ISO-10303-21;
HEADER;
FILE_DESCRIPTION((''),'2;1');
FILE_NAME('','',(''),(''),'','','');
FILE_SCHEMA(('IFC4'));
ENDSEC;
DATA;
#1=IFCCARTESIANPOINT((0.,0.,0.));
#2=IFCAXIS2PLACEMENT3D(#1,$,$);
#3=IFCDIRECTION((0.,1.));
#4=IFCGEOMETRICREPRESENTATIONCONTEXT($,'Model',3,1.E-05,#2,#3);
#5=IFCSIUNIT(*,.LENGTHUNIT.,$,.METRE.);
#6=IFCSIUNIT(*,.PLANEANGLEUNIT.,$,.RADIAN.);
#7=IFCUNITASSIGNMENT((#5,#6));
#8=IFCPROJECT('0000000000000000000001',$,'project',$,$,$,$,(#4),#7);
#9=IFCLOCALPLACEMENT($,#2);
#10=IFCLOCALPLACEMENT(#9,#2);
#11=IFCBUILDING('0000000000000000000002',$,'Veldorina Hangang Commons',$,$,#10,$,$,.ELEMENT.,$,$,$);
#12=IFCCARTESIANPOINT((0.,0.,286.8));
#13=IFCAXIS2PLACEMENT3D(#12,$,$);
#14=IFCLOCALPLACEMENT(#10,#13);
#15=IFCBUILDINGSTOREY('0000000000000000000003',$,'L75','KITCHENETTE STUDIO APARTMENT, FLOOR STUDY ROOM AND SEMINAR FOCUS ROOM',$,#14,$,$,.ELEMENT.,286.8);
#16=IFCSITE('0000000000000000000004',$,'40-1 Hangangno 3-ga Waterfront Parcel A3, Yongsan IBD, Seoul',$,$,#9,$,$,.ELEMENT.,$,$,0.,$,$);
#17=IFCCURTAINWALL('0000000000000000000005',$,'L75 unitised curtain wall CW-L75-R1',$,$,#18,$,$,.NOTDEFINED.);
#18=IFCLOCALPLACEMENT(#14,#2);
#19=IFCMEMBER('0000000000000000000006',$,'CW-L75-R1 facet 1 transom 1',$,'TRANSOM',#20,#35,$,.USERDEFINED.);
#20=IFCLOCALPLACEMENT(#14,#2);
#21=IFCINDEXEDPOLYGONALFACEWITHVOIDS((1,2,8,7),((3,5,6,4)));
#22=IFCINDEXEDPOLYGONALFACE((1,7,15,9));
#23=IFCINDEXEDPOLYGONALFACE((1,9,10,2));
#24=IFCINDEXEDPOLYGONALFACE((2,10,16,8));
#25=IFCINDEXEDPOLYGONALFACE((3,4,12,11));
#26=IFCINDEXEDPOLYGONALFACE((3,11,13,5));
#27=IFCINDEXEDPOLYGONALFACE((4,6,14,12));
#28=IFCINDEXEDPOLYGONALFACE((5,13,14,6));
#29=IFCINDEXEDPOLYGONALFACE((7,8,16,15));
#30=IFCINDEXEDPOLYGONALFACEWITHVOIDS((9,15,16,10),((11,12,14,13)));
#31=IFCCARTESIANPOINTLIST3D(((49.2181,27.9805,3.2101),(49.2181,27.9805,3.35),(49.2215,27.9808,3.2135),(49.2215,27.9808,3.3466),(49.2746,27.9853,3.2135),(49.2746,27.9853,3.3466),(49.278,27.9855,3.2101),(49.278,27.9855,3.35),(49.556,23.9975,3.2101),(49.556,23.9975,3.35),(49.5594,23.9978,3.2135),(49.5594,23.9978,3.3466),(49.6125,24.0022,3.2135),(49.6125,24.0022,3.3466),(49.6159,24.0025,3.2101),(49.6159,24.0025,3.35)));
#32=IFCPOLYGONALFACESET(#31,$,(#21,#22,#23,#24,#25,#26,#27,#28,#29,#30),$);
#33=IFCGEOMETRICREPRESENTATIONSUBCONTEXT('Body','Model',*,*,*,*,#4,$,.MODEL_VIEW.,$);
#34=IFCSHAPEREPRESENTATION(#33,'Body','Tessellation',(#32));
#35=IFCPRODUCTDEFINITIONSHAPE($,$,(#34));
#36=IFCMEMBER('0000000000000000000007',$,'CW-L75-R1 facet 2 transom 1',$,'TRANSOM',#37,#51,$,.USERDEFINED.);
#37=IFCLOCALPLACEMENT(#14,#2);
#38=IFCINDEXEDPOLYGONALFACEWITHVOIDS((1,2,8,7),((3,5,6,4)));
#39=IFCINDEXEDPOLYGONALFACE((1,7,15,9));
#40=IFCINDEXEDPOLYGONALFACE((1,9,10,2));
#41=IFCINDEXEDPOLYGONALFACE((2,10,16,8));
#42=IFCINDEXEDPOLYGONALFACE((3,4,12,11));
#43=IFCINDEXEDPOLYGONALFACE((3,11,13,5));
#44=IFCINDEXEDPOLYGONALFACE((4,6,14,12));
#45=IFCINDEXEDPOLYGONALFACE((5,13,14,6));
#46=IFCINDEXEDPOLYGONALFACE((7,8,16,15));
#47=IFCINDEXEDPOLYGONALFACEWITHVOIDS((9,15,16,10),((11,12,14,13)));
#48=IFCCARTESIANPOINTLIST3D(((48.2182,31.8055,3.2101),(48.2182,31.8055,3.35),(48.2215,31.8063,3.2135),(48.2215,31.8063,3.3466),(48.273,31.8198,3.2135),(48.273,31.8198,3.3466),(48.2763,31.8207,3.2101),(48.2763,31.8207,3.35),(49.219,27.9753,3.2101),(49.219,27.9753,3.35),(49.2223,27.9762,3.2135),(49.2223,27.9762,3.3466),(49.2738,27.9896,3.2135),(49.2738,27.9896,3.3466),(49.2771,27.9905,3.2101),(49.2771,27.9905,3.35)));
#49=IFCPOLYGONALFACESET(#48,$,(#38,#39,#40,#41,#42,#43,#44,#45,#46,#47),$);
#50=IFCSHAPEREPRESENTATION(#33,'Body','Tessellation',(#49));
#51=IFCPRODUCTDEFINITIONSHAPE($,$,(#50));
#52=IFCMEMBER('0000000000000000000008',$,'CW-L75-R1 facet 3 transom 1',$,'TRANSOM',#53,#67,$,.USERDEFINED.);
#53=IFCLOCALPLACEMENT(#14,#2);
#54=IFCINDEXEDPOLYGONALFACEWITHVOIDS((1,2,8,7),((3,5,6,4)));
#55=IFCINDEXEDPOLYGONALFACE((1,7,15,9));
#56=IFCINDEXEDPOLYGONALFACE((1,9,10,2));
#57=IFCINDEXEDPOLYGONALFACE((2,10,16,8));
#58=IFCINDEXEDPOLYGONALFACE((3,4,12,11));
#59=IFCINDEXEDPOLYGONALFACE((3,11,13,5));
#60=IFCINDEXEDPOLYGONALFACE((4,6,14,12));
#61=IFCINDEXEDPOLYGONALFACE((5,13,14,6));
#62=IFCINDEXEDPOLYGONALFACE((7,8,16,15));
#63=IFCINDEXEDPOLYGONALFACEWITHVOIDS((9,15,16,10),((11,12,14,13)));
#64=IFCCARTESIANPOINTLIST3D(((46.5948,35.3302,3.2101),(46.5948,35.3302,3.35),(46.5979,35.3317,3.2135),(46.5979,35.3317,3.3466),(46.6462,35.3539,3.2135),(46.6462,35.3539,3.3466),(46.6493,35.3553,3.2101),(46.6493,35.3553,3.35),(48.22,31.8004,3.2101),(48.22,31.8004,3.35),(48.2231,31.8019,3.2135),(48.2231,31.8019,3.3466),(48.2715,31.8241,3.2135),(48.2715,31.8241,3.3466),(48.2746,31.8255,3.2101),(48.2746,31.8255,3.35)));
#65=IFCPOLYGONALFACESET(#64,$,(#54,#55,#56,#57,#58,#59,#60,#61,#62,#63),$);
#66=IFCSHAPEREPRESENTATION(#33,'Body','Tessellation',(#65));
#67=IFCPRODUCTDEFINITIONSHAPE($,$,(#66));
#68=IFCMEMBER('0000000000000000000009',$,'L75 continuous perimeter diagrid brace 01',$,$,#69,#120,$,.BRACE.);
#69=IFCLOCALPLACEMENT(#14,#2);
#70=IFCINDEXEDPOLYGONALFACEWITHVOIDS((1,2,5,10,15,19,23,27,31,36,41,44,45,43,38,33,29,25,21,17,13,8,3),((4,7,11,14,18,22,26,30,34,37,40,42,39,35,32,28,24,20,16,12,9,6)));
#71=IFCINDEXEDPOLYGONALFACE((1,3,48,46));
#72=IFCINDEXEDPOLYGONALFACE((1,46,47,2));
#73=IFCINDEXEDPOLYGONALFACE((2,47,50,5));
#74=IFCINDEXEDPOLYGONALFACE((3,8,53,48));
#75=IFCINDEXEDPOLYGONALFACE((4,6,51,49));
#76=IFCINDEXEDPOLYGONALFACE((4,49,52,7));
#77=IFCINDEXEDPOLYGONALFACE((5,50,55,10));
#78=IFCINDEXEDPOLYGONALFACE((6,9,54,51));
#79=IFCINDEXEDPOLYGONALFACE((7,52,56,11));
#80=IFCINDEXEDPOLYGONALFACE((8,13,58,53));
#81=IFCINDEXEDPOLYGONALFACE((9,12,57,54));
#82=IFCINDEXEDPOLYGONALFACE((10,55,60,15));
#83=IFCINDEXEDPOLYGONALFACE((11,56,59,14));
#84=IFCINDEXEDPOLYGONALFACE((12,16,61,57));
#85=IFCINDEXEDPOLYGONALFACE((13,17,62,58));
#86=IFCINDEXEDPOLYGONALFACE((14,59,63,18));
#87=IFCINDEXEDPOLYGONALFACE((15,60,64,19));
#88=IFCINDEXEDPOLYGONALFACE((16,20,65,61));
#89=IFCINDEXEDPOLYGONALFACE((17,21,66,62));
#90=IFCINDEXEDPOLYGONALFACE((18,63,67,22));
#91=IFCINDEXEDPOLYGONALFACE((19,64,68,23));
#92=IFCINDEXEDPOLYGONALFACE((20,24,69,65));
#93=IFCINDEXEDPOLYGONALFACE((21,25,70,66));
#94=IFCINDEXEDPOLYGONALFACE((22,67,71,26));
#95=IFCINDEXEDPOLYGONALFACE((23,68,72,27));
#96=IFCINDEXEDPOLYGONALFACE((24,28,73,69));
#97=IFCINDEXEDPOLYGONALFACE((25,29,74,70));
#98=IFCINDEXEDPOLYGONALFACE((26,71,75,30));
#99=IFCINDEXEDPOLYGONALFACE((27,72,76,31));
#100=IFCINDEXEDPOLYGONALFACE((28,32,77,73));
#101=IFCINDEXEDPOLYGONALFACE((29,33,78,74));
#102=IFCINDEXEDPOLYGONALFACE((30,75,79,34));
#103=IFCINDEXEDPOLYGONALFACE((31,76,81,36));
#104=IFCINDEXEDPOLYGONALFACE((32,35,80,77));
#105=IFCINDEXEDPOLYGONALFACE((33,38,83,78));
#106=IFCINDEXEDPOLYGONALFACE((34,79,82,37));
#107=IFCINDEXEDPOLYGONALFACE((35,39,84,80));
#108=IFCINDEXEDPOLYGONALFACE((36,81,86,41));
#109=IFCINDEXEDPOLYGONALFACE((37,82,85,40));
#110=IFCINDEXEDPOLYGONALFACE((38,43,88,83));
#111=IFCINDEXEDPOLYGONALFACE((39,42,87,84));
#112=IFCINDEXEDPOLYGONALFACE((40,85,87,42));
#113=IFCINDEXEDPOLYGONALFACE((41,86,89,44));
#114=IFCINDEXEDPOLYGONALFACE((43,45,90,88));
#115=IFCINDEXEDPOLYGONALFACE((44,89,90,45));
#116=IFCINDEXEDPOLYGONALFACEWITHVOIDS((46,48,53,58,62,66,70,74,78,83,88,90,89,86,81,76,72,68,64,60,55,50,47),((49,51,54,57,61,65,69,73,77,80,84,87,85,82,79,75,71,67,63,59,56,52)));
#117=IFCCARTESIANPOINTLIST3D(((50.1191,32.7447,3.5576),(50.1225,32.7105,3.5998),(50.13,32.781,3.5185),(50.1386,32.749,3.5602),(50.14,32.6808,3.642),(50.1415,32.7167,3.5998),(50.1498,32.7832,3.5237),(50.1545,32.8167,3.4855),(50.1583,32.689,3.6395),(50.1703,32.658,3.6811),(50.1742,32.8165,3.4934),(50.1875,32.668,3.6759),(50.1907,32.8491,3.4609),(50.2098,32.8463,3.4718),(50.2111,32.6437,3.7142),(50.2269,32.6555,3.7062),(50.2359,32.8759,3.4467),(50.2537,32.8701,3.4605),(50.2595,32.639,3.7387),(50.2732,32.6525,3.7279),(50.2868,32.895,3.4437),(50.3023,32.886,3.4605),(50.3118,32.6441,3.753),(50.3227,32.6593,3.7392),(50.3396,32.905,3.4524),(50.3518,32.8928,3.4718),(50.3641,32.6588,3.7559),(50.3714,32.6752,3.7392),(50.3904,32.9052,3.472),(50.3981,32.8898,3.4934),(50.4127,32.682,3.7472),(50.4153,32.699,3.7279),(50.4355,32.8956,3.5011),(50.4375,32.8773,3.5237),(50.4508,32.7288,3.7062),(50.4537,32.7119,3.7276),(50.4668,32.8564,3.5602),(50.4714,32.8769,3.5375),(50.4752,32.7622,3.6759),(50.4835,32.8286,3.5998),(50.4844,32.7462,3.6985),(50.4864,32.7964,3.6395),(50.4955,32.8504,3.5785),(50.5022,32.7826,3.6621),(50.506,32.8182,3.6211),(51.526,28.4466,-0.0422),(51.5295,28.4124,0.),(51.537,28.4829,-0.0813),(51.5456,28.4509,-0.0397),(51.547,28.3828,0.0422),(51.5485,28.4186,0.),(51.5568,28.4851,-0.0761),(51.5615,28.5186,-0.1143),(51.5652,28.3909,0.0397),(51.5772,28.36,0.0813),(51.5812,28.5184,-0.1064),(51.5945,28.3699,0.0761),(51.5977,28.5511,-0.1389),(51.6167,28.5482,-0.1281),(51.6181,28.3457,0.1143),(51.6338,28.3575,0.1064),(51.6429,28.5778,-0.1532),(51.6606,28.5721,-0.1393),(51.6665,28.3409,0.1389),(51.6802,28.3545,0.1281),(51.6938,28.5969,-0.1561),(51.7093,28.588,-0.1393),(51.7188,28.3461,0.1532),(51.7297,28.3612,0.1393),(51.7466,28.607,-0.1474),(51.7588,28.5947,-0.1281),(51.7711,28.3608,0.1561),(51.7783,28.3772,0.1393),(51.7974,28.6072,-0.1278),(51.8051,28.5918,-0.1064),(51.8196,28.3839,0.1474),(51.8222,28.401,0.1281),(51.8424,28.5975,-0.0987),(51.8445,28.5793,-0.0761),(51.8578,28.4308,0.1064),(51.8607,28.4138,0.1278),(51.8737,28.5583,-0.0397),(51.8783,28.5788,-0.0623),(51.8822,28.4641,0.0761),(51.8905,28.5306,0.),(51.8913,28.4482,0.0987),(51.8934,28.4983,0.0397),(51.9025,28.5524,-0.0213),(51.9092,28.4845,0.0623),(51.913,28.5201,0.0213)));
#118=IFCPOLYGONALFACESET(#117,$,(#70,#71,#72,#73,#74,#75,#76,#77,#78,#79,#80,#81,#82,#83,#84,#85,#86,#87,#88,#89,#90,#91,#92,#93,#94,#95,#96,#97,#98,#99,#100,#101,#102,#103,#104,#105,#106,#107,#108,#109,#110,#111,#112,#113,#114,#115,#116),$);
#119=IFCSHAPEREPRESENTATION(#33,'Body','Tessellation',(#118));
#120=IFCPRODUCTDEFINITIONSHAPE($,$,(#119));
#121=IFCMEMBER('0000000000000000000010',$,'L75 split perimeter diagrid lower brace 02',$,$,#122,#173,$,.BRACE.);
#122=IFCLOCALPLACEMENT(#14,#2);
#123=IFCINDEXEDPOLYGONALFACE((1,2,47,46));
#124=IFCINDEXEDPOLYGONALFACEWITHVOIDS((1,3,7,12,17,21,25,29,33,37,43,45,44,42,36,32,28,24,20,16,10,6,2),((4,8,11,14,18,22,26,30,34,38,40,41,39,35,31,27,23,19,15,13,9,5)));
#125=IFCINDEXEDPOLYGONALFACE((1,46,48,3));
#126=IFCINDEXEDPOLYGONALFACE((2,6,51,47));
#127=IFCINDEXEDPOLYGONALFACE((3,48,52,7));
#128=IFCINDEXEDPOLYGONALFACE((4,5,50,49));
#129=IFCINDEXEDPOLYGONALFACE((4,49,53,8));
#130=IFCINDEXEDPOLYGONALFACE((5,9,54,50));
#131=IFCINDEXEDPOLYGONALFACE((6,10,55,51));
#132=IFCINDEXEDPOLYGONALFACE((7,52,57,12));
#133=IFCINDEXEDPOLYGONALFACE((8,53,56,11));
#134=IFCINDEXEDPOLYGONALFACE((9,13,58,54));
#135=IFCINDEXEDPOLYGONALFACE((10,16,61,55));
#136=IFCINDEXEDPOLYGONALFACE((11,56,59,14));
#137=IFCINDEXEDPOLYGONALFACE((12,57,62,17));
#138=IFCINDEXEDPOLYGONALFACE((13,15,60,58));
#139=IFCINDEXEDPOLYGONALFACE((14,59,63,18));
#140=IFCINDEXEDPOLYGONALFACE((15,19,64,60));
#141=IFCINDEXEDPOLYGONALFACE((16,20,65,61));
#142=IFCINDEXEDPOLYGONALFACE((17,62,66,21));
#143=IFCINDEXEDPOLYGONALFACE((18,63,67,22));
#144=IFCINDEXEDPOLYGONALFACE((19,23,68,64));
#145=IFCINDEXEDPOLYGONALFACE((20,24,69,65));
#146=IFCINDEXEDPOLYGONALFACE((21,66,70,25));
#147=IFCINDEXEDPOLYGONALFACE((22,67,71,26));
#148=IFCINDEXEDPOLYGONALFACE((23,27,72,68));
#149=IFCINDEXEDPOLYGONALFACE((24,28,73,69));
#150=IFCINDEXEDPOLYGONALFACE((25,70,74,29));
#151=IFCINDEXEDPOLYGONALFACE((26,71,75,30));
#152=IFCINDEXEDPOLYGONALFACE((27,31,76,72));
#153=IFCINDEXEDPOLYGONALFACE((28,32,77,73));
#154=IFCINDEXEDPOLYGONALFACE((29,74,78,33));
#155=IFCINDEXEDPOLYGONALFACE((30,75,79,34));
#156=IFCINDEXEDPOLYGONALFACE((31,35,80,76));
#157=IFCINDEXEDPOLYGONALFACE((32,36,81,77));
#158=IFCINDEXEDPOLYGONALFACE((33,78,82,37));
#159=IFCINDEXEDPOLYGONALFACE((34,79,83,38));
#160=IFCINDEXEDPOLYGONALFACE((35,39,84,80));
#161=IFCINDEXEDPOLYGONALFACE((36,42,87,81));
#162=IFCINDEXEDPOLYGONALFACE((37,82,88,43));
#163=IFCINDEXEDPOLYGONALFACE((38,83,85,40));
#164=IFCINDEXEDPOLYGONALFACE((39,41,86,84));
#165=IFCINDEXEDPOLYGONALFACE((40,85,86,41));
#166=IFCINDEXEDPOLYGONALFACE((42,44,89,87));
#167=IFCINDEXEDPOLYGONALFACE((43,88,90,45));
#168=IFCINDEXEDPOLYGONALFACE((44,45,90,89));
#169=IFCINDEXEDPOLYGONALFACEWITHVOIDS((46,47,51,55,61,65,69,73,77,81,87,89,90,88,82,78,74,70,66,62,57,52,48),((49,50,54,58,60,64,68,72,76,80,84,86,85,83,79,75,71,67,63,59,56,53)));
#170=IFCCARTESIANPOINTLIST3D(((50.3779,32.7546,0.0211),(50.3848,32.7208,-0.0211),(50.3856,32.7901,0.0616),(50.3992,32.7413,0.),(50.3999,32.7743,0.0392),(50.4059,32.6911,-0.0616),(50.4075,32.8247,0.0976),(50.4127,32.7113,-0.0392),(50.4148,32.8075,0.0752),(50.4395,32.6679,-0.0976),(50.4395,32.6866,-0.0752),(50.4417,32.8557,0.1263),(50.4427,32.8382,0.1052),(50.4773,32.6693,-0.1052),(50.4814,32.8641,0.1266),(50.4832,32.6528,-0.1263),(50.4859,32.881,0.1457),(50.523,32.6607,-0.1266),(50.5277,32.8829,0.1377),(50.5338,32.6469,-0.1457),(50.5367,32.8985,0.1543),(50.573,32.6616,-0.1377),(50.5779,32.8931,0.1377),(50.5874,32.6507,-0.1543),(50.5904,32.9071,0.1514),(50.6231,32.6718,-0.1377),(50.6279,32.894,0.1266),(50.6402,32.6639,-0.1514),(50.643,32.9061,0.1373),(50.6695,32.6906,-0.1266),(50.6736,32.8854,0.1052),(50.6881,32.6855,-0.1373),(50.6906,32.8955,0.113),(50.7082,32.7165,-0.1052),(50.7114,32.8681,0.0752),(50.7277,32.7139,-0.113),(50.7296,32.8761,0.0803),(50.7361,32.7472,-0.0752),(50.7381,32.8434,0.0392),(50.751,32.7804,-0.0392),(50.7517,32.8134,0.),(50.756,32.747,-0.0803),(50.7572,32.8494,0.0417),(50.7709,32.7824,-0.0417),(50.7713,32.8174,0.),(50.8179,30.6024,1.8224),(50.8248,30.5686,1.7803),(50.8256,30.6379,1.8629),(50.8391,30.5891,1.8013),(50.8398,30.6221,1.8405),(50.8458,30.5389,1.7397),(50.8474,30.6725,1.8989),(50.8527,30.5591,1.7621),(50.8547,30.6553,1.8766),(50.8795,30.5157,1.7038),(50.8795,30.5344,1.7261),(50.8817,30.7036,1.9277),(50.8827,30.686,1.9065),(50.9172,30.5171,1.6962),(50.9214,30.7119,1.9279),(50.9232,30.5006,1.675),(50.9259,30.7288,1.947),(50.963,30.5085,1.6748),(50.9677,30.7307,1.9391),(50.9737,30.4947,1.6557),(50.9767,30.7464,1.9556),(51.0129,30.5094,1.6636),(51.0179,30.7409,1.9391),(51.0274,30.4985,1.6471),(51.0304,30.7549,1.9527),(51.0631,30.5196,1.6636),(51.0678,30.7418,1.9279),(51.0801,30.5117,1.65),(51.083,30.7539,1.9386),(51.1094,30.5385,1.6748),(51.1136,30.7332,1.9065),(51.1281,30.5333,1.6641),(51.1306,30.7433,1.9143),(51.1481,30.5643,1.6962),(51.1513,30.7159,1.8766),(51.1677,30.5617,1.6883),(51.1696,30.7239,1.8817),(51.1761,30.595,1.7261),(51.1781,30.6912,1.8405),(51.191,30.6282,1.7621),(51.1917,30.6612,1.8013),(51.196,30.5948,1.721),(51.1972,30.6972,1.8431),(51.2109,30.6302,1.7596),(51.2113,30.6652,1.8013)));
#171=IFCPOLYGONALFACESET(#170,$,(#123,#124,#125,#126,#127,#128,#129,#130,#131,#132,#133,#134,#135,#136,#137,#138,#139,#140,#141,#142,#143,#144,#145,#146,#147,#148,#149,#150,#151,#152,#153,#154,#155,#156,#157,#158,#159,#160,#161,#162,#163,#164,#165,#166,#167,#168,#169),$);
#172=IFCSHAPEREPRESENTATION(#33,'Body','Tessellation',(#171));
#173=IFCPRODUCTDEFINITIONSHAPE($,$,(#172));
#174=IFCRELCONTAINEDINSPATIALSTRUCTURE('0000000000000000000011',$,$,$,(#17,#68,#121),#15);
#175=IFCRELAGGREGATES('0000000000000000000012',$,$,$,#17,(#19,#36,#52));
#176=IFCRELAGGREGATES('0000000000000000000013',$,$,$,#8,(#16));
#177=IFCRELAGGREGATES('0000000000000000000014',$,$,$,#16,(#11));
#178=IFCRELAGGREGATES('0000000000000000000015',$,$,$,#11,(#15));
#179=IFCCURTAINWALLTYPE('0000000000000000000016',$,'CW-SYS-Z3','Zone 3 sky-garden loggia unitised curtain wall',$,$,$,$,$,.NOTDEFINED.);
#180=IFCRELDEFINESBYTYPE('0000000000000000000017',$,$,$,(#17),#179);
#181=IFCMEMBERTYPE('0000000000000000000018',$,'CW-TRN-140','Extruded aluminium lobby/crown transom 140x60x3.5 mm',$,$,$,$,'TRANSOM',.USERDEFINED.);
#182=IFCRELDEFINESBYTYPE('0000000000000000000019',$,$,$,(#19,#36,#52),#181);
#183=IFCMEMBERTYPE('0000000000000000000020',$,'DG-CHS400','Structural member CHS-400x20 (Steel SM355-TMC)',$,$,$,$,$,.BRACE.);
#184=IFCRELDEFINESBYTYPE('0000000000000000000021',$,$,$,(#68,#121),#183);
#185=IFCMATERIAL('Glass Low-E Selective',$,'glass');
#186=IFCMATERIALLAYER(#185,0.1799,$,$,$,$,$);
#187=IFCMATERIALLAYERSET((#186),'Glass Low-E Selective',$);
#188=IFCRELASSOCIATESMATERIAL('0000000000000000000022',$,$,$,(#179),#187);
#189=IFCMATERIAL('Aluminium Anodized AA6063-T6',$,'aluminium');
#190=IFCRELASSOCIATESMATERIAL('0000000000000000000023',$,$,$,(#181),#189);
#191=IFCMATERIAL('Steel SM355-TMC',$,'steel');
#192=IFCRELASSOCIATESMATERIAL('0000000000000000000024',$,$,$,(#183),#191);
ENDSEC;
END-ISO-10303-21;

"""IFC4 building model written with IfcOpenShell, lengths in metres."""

from ifc_helpers import new_model, si_unit, direction, frame, origin, origin_2d, place, context, subcontext, project, spatial, hollow_rectangle, hollow_circle, extrude, material, layer, layer_set, material_profile, profile_set, type_object, element, aggregate, save


model = new_model("IFC4")

# Units and contexts
model_context = context("Model", 3, precision=1e-05, world=origin(), true_north=direction((0.0, 1.0)))
body_context = subcontext(model_context, "Body", "Model", "MODEL_VIEW")
ifc_project = project(units=[si_unit("LENGTHUNIT", "METRE"), si_unit("PLANEANGLEUNIT", "RADIAN")], contexts=[model_context])

# Site, building, storey
site_placement = place(None, origin())
site = spatial("IfcSite", under=ifc_project, at=site_placement, Name="40-1 Hangangno 3-ga Waterfront Parcel A3, Yongsan IBD, Seoul", CompositionType="ELEMENT", RefElevation=0.0)
building_placement = place(site_placement, origin())
building = spatial("IfcBuilding", under=site, at=building_placement, Name="Veldorina Hangang Commons", CompositionType="ELEMENT")
storey_placement = place(building_placement, frame((0.0, 0.0, 286.8)))
storey = spatial("IfcBuildingStorey", under=building, at=storey_placement, Name="L75", Description="KITCHENETTE STUDIO APARTMENT, FLOOR STUDY ROOM AND SEMINAR FOCUS ROOM", CompositionType="ELEMENT", Elevation=286.8)

# Shared definitions
ifc_material_1 = material(Name="Steel SM355-TMC", Category="steel")

# Curtain wall, members
ifc_material_2 = material(Name="Glass Low-E Selective", Category="glass")
ifc_layer_1 = layer(ifc_material_2, 0.1799)
ifc_layer_set_1 = layer_set([ifc_layer_1], Name="Glass Low-E Selective")
curtain_wall_type = type_object("IfcCurtainWallType", Name="CW-SYS-Z3", Description="Zone 3 sky-garden loggia unitised curtain wall", PredefinedType="NOTDEFINED", material=ifc_layer_set_1)
curtain_wall_placement = place(storey_placement, origin())
curtain_wall = element("IfcCurtainWall", 1, at=curtain_wall_placement, inside=storey, type_object=curtain_wall_type, Name="L75 unitised curtain wall CW-L75-R1", PredefinedType="NOTDEFINED")
ifc_material_3 = material(Name="Aluminium Anodized AA6063-T6", Category="aluminium")
ifc_material_profile_1 = material_profile(ifc_material_3, hollow_rectangle(XDim=0.0601, YDim=0.1399, WallThickness=0.0034, at=origin_2d()), Name="ALU-RHS-140x60x3.5")
ifc_profile_set_1 = profile_set([ifc_material_profile_1], Name="Aluminium Anodized AA6063-T6")
member_type_1 = type_object("IfcMemberType", Name="CW-TRN-140", Description="Extruded aluminium lobby/crown transom 140x60x3.5 mm", ElementType="TRANSOM", PredefinedType="USERDEFINED", material=ifc_profile_set_1)
member_1_placement = place(storey_placement, frame((49.5859, 24.0, 3.28), z_axis=(-0.084531, 0.996421, 0.0), x_axis=(-0.996421, -0.084531, 0.0)))
member_1 = element("IfcMember", 2, at=member_1_placement, type_object=member_type_1, Name="CW-L75-R1 facet 1 transom 1", ObjectType="TRANSOM", PredefinedType="USERDEFINED", context=body_context, shape_type="SweptSolid", body=[
    extrude(hollow_rectangle(XDim=0.0601, YDim=0.1399, WallThickness=0.0034, at=origin_2d()), origin(), (0.0, 0.0, 1.0), 3.9973),
])
member_2_placement = place(storey_placement, frame((49.248, 27.9829, 3.28), z_axis=(-0.252796, 0.96752, 0.0), x_axis=(-0.96752, -0.252796, 0.0)))
member_2 = element("IfcMember", 3, at=member_2_placement, type_object=member_type_1, Name="CW-L75-R1 facet 2 transom 1", ObjectType="TRANSOM", PredefinedType="USERDEFINED", context=body_context, shape_type="SweptSolid", body=[
    extrude(hollow_rectangle(XDim=0.0601, YDim=0.1399, WallThickness=0.0034, at=origin_2d()), origin(), (0.0, 0.0, 1.0), 3.9587),
])
member_3_placement = place(storey_placement, frame((48.2473, 31.813, 3.28), z_axis=(-0.418233, 0.90834, 0.0), x_axis=(-0.90834, -0.418233, 0.0)))
member_3 = element("IfcMember", 4, at=member_3_placement, type_object=member_type_1, Name="CW-L75-R1 facet 3 transom 1", ObjectType="TRANSOM", PredefinedType="USERDEFINED", context=body_context, shape_type="SweptSolid", body=[
    extrude(hollow_rectangle(XDim=0.0601, YDim=0.1399, WallThickness=0.0034, at=origin_2d()), origin(), (0.0, 0.0, 1.0), 3.886),
])

# Members
ifc_material_profile_2 = material_profile(ifc_material_1, hollow_circle(Radius=0.2, WallThickness=0.02, at=origin_2d()), Name="CHS-400x20")
ifc_profile_set_2 = profile_set([ifc_material_profile_2], Name="Steel SM355-TMC")
member_type_2 = type_object("IfcMemberType", Name="DG-CHS400", Description="Structural member CHS-400x20 (Steel SM355-TMC)", PredefinedType="BRACE", material=ifc_profile_set_2)
member_4_placement = place(storey_placement, frame((51.7195, 28.4746, 0.0), z_axis=(-0.243409, 0.743573, 0.622777), x_axis=(-0.950375, -0.311106, 0.0)))
element("IfcMember", 5, at=member_4_placement, inside=storey, type_object=member_type_2, Name="L75 continuous perimeter diagrid brace 01", PredefinedType="BRACE", context=body_context, shape_type="SweptSolid", body=[
    extrude(hollow_circle(Radius=0.2, WallThickness=0.02, at=origin_2d()), origin(), (0.0, 0.0, 1.0), 5.7803),
])
member_5_placement = place(storey_placement, frame((50.5754, 32.7773, 0.0), z_axis=(0.15487, -0.757591, 0.634091), x_axis=(0.979738, 0.200282, 0.0)))
element("IfcMember", 6, at=member_5_placement, inside=storey, type_object=member_type_2, Name="L75 split perimeter diagrid lower brace 02", PredefinedType="BRACE", context=body_context, shape_type="SweptSolid", body=[
    extrude(hollow_circle(Radius=0.2, WallThickness=0.02, at=origin_2d()), origin(), (0.0, 0.0, 1.0), 2.8408),
])

aggregate(curtain_wall, [member_1, member_2, member_3])

save(model, "model.ifc")
